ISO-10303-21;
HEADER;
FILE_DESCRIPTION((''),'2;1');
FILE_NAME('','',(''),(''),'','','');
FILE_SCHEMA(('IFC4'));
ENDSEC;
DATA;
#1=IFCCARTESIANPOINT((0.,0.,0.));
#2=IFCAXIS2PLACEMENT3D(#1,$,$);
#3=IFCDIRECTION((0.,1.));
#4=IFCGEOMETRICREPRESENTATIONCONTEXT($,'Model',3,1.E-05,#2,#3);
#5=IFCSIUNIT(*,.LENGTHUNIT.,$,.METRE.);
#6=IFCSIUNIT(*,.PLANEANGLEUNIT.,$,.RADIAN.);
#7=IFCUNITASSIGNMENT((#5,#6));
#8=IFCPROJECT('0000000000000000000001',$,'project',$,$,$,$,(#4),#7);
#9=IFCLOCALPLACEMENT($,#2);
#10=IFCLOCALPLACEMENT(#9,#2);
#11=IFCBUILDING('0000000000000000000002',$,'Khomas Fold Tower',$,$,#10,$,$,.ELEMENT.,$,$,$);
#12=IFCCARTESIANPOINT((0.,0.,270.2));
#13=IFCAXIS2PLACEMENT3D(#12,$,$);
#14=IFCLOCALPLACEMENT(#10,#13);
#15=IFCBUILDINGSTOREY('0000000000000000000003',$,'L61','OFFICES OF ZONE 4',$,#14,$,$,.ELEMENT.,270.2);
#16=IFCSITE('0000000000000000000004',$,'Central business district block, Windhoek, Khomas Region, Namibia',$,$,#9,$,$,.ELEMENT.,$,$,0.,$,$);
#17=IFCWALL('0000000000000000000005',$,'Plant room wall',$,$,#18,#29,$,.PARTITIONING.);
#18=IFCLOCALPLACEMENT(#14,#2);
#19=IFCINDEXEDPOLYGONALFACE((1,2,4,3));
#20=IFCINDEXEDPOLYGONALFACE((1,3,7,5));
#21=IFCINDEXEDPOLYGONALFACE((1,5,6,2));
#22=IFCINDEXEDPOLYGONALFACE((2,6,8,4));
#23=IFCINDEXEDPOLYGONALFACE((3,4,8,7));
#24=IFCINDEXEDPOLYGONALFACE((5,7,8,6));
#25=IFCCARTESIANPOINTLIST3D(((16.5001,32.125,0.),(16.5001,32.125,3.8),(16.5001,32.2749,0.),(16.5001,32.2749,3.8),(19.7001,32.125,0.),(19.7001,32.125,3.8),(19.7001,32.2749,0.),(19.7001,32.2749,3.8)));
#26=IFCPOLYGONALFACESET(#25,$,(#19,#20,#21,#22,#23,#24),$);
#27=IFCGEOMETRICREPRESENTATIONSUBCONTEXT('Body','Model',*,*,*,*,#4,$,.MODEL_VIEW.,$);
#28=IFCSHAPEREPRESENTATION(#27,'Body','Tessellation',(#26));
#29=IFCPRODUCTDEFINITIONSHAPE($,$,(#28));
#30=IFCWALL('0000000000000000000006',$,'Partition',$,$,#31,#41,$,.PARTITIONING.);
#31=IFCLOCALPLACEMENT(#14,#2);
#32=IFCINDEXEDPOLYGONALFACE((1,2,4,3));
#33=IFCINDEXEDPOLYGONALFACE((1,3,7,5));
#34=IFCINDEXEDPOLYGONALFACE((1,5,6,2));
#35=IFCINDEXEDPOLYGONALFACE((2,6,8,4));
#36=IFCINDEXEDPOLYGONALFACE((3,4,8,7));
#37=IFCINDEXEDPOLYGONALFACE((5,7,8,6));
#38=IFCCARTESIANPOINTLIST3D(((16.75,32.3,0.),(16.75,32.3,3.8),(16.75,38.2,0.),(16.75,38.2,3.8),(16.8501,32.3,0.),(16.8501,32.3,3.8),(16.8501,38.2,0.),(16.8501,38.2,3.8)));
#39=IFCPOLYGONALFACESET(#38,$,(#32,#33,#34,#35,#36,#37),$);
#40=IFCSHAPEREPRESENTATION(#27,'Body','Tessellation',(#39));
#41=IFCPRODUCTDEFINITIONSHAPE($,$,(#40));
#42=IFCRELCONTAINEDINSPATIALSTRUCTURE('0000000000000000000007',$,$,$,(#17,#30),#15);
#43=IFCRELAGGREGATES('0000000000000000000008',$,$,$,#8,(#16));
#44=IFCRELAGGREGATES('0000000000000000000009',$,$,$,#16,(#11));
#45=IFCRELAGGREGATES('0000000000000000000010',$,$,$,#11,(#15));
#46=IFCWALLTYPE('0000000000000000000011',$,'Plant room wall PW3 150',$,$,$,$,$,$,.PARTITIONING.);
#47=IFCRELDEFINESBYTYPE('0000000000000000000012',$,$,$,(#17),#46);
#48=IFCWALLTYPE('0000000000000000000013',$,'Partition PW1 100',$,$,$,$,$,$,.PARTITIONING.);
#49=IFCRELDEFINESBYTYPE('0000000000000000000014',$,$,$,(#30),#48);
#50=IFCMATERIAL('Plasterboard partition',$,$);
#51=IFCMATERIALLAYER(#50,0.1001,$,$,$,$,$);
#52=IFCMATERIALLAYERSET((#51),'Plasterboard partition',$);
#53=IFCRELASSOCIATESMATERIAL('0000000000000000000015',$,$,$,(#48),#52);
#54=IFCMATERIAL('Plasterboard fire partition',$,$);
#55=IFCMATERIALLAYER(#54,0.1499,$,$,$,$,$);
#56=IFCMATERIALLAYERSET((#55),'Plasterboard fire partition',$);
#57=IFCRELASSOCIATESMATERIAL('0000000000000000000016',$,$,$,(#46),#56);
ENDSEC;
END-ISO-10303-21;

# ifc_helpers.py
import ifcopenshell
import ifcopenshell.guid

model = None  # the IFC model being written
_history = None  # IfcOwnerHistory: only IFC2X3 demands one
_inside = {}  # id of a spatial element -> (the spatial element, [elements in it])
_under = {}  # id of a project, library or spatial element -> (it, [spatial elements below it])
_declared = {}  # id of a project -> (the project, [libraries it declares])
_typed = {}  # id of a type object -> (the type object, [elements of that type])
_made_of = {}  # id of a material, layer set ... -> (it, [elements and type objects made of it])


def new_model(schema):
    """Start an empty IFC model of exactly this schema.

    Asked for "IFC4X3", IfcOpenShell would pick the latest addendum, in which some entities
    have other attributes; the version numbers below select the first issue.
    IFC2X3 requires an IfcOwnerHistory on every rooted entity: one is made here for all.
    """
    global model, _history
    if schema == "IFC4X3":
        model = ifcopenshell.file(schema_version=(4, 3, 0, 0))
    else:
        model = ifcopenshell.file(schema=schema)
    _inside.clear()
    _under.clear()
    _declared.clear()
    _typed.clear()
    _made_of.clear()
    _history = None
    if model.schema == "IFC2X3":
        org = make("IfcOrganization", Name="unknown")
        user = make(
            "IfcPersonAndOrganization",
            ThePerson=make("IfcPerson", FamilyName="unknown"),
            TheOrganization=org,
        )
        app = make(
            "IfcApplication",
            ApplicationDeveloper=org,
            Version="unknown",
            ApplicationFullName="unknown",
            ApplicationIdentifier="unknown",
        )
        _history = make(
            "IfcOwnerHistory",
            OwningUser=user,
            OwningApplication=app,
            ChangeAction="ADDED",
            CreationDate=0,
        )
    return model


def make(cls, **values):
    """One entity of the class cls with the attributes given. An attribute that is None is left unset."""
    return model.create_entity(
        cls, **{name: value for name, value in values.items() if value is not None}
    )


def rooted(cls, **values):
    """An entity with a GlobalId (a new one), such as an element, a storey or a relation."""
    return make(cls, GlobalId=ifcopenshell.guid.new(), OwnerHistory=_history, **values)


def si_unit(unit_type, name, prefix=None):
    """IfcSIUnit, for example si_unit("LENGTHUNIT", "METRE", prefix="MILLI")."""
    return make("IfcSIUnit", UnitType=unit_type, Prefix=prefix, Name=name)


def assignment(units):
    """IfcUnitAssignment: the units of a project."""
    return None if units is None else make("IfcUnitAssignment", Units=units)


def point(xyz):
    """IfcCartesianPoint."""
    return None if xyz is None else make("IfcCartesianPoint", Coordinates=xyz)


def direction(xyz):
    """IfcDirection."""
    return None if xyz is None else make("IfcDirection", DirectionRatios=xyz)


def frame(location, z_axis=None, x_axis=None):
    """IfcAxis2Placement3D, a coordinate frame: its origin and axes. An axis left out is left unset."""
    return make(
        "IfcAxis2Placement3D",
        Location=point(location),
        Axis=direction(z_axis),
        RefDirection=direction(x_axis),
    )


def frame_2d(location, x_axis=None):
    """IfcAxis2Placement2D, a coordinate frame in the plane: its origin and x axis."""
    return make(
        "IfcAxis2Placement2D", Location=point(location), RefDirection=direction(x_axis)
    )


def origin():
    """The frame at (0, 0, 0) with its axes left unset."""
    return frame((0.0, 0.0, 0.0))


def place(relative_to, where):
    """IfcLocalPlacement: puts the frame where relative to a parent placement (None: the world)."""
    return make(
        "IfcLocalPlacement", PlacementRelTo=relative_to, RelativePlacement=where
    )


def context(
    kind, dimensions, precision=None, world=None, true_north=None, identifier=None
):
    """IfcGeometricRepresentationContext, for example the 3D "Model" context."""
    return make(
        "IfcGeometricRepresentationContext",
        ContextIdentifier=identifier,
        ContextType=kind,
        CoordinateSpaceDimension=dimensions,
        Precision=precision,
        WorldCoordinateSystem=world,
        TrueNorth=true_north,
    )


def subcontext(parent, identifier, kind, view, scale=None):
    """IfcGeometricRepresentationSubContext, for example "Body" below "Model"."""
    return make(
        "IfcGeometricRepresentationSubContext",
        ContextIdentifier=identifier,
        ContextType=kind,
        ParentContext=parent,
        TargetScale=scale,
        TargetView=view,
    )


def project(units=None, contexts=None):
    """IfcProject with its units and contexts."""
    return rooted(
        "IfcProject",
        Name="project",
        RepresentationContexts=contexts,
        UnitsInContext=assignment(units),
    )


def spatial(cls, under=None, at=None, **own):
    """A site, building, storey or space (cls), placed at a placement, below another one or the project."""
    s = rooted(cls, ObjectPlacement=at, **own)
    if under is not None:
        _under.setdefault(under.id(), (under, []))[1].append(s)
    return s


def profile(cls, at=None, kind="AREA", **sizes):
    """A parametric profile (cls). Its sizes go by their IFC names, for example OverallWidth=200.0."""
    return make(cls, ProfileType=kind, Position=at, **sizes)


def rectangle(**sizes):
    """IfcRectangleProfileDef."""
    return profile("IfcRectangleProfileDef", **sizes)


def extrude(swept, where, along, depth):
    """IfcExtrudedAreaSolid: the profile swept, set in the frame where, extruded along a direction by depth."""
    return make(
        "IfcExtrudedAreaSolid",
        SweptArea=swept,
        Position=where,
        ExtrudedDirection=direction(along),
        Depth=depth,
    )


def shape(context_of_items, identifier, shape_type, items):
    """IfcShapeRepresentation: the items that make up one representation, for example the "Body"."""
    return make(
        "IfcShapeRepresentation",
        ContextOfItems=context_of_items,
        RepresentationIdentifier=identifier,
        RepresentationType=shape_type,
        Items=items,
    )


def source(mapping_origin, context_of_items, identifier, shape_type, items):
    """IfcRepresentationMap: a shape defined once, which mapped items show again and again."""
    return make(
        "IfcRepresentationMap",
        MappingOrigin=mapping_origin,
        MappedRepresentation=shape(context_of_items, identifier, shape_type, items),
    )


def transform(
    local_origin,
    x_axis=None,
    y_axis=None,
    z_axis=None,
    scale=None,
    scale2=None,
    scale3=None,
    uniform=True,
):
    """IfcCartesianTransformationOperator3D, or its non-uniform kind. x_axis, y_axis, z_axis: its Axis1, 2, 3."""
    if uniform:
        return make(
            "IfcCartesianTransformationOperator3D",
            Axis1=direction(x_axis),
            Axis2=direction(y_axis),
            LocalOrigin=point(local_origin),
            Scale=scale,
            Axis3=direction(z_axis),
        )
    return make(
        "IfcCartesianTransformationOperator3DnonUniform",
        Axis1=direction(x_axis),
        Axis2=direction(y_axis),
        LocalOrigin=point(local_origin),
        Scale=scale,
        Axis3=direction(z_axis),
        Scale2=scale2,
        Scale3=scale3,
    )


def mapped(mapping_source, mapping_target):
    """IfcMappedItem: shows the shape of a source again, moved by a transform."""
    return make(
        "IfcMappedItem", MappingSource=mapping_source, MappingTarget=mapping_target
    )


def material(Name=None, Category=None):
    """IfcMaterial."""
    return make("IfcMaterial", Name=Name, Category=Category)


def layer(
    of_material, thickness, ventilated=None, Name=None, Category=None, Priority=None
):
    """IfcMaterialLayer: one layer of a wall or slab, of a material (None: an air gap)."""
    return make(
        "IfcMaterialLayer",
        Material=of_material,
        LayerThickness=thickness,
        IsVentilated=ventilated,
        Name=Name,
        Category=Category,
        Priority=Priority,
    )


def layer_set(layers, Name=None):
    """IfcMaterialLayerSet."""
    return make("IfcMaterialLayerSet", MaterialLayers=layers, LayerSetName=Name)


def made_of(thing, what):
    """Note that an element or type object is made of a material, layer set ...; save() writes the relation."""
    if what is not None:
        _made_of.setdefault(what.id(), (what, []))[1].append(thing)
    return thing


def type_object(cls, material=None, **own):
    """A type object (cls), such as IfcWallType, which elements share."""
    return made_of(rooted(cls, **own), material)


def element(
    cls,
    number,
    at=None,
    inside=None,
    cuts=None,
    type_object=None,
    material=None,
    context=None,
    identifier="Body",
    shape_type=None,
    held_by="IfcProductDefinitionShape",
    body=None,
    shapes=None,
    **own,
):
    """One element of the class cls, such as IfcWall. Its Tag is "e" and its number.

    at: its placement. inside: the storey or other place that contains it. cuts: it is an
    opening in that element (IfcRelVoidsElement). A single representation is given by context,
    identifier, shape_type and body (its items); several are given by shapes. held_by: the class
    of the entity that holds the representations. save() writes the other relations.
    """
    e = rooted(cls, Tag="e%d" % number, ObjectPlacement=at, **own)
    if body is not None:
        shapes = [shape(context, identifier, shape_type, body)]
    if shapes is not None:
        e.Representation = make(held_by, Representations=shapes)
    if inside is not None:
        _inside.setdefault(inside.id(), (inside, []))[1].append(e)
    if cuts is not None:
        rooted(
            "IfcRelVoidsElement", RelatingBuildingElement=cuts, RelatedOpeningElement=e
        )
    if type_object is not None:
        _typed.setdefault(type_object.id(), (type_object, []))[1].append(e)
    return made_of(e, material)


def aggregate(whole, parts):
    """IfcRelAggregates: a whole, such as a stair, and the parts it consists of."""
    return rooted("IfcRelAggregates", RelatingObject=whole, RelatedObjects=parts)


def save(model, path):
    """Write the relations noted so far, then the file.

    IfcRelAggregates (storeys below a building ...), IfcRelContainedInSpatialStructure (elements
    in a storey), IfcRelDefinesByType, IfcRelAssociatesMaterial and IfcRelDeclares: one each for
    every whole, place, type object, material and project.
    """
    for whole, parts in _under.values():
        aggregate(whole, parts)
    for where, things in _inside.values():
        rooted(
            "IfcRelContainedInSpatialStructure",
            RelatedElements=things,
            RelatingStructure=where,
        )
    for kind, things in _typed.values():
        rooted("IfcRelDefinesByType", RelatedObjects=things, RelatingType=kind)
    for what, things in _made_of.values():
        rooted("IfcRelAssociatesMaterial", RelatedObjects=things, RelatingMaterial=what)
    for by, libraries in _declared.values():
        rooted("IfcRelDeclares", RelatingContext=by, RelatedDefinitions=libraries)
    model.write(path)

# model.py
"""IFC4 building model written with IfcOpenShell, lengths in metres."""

from ifc_helpers import new_model, si_unit, direction, frame, frame_2d, origin, place, context, subcontext, project, spatial, rectangle, extrude, source, transform, mapped, material, layer, layer_set, type_object, element, save


model = new_model("IFC4")

# Units and contexts
model_context = context("Model", 3, precision=1e-05, world=origin(), true_north=direction((0.0, 1.0)))
body_context = subcontext(model_context, "Body", "Model", "MODEL_VIEW")
ifc_project = project(units=[si_unit("LENGTHUNIT", "METRE"), si_unit("PLANEANGLEUNIT", "RADIAN")], contexts=[model_context])

# Site, building, storey
site_placement = place(None, origin())
site = spatial("IfcSite", under=ifc_project, at=site_placement, Name="Central business district block, Windhoek, Khomas Region, Namibia", CompositionType="ELEMENT", RefElevation=0.0)
building_placement = place(site_placement, origin())
building = spatial("IfcBuilding", under=site, at=building_placement, Name="Khomas Fold Tower", CompositionType="ELEMENT")
storey_placement = place(building_placement, frame((0.0, 0.0, 270.2)))
storey = spatial("IfcBuildingStorey", under=building, at=storey_placement, Name="L61", Description="OFFICES OF ZONE 4", CompositionType="ELEMENT", Elevation=270.2)

# Shared definitions
ifc_material_1 = material(Name="Plasterboard partition")
ifc_layer_1 = layer(ifc_material_1, 0.1001)
ifc_layer_set_1 = layer_set([ifc_layer_1], Name="Plasterboard partition")
wall_type_1 = type_object("IfcWallType", Name="Partition PW1 100", PredefinedType="PARTITIONING", material=ifc_layer_set_1)

# Walls
ifc_material_2 = material(Name="Plasterboard fire partition")
ifc_layer_2 = layer(ifc_material_2, 0.1499)
ifc_layer_set_2 = layer_set([ifc_layer_2], Name="Plasterboard fire partition")
wall_type_2 = type_object("IfcWallType", Name="Plant room wall PW3 150", PredefinedType="PARTITIONING", material=ifc_layer_set_2)
shared_shape_1 = source(origin(), body_context, "Body", "SweptSolid", [
    extrude(rectangle(XDim=3.2, YDim=0.1499, at=frame_2d((1.6001, 0.0))), origin(), (0.0, 0.0, 1.0), 3.8),
])
wall_1_placement = place(storey_placement, frame((16.5, 32.2, 0.0), z_axis=(0.0, 0.0, 1.0), x_axis=(1.0, 0.0, 0.0)))
element("IfcWall", 1, at=wall_1_placement, inside=storey, type_object=wall_type_2, Name="Plant room wall", PredefinedType="PARTITIONING", context=body_context, shape_type="MappedRepresentation", body=[
    mapped(shared_shape_1, transform((0.0, 0.0, 0.0))),
])
shared_shape_2 = source(origin(), body_context, "Body", "SweptSolid", [
    extrude(rectangle(XDim=5.8999, YDim=0.1001, at=frame_2d((2.95, 0.0))), origin(), (0.0, 0.0, 1.0), 3.8),
])
wall_2_placement = place(storey_placement, frame((16.8, 32.3, 0.0), z_axis=(0.0, 0.0, 1.0), x_axis=(0.0, 1.0, 0.0)))
element("IfcWall", 2, at=wall_2_placement, inside=storey, type_object=wall_type_1, Name="Partition", PredefinedType="PARTITIONING", context=body_context, shape_type="MappedRepresentation", body=[
    mapped(shared_shape_2, transform((0.0, 0.0, 0.0))),
])

save(model, "model.ifc")
